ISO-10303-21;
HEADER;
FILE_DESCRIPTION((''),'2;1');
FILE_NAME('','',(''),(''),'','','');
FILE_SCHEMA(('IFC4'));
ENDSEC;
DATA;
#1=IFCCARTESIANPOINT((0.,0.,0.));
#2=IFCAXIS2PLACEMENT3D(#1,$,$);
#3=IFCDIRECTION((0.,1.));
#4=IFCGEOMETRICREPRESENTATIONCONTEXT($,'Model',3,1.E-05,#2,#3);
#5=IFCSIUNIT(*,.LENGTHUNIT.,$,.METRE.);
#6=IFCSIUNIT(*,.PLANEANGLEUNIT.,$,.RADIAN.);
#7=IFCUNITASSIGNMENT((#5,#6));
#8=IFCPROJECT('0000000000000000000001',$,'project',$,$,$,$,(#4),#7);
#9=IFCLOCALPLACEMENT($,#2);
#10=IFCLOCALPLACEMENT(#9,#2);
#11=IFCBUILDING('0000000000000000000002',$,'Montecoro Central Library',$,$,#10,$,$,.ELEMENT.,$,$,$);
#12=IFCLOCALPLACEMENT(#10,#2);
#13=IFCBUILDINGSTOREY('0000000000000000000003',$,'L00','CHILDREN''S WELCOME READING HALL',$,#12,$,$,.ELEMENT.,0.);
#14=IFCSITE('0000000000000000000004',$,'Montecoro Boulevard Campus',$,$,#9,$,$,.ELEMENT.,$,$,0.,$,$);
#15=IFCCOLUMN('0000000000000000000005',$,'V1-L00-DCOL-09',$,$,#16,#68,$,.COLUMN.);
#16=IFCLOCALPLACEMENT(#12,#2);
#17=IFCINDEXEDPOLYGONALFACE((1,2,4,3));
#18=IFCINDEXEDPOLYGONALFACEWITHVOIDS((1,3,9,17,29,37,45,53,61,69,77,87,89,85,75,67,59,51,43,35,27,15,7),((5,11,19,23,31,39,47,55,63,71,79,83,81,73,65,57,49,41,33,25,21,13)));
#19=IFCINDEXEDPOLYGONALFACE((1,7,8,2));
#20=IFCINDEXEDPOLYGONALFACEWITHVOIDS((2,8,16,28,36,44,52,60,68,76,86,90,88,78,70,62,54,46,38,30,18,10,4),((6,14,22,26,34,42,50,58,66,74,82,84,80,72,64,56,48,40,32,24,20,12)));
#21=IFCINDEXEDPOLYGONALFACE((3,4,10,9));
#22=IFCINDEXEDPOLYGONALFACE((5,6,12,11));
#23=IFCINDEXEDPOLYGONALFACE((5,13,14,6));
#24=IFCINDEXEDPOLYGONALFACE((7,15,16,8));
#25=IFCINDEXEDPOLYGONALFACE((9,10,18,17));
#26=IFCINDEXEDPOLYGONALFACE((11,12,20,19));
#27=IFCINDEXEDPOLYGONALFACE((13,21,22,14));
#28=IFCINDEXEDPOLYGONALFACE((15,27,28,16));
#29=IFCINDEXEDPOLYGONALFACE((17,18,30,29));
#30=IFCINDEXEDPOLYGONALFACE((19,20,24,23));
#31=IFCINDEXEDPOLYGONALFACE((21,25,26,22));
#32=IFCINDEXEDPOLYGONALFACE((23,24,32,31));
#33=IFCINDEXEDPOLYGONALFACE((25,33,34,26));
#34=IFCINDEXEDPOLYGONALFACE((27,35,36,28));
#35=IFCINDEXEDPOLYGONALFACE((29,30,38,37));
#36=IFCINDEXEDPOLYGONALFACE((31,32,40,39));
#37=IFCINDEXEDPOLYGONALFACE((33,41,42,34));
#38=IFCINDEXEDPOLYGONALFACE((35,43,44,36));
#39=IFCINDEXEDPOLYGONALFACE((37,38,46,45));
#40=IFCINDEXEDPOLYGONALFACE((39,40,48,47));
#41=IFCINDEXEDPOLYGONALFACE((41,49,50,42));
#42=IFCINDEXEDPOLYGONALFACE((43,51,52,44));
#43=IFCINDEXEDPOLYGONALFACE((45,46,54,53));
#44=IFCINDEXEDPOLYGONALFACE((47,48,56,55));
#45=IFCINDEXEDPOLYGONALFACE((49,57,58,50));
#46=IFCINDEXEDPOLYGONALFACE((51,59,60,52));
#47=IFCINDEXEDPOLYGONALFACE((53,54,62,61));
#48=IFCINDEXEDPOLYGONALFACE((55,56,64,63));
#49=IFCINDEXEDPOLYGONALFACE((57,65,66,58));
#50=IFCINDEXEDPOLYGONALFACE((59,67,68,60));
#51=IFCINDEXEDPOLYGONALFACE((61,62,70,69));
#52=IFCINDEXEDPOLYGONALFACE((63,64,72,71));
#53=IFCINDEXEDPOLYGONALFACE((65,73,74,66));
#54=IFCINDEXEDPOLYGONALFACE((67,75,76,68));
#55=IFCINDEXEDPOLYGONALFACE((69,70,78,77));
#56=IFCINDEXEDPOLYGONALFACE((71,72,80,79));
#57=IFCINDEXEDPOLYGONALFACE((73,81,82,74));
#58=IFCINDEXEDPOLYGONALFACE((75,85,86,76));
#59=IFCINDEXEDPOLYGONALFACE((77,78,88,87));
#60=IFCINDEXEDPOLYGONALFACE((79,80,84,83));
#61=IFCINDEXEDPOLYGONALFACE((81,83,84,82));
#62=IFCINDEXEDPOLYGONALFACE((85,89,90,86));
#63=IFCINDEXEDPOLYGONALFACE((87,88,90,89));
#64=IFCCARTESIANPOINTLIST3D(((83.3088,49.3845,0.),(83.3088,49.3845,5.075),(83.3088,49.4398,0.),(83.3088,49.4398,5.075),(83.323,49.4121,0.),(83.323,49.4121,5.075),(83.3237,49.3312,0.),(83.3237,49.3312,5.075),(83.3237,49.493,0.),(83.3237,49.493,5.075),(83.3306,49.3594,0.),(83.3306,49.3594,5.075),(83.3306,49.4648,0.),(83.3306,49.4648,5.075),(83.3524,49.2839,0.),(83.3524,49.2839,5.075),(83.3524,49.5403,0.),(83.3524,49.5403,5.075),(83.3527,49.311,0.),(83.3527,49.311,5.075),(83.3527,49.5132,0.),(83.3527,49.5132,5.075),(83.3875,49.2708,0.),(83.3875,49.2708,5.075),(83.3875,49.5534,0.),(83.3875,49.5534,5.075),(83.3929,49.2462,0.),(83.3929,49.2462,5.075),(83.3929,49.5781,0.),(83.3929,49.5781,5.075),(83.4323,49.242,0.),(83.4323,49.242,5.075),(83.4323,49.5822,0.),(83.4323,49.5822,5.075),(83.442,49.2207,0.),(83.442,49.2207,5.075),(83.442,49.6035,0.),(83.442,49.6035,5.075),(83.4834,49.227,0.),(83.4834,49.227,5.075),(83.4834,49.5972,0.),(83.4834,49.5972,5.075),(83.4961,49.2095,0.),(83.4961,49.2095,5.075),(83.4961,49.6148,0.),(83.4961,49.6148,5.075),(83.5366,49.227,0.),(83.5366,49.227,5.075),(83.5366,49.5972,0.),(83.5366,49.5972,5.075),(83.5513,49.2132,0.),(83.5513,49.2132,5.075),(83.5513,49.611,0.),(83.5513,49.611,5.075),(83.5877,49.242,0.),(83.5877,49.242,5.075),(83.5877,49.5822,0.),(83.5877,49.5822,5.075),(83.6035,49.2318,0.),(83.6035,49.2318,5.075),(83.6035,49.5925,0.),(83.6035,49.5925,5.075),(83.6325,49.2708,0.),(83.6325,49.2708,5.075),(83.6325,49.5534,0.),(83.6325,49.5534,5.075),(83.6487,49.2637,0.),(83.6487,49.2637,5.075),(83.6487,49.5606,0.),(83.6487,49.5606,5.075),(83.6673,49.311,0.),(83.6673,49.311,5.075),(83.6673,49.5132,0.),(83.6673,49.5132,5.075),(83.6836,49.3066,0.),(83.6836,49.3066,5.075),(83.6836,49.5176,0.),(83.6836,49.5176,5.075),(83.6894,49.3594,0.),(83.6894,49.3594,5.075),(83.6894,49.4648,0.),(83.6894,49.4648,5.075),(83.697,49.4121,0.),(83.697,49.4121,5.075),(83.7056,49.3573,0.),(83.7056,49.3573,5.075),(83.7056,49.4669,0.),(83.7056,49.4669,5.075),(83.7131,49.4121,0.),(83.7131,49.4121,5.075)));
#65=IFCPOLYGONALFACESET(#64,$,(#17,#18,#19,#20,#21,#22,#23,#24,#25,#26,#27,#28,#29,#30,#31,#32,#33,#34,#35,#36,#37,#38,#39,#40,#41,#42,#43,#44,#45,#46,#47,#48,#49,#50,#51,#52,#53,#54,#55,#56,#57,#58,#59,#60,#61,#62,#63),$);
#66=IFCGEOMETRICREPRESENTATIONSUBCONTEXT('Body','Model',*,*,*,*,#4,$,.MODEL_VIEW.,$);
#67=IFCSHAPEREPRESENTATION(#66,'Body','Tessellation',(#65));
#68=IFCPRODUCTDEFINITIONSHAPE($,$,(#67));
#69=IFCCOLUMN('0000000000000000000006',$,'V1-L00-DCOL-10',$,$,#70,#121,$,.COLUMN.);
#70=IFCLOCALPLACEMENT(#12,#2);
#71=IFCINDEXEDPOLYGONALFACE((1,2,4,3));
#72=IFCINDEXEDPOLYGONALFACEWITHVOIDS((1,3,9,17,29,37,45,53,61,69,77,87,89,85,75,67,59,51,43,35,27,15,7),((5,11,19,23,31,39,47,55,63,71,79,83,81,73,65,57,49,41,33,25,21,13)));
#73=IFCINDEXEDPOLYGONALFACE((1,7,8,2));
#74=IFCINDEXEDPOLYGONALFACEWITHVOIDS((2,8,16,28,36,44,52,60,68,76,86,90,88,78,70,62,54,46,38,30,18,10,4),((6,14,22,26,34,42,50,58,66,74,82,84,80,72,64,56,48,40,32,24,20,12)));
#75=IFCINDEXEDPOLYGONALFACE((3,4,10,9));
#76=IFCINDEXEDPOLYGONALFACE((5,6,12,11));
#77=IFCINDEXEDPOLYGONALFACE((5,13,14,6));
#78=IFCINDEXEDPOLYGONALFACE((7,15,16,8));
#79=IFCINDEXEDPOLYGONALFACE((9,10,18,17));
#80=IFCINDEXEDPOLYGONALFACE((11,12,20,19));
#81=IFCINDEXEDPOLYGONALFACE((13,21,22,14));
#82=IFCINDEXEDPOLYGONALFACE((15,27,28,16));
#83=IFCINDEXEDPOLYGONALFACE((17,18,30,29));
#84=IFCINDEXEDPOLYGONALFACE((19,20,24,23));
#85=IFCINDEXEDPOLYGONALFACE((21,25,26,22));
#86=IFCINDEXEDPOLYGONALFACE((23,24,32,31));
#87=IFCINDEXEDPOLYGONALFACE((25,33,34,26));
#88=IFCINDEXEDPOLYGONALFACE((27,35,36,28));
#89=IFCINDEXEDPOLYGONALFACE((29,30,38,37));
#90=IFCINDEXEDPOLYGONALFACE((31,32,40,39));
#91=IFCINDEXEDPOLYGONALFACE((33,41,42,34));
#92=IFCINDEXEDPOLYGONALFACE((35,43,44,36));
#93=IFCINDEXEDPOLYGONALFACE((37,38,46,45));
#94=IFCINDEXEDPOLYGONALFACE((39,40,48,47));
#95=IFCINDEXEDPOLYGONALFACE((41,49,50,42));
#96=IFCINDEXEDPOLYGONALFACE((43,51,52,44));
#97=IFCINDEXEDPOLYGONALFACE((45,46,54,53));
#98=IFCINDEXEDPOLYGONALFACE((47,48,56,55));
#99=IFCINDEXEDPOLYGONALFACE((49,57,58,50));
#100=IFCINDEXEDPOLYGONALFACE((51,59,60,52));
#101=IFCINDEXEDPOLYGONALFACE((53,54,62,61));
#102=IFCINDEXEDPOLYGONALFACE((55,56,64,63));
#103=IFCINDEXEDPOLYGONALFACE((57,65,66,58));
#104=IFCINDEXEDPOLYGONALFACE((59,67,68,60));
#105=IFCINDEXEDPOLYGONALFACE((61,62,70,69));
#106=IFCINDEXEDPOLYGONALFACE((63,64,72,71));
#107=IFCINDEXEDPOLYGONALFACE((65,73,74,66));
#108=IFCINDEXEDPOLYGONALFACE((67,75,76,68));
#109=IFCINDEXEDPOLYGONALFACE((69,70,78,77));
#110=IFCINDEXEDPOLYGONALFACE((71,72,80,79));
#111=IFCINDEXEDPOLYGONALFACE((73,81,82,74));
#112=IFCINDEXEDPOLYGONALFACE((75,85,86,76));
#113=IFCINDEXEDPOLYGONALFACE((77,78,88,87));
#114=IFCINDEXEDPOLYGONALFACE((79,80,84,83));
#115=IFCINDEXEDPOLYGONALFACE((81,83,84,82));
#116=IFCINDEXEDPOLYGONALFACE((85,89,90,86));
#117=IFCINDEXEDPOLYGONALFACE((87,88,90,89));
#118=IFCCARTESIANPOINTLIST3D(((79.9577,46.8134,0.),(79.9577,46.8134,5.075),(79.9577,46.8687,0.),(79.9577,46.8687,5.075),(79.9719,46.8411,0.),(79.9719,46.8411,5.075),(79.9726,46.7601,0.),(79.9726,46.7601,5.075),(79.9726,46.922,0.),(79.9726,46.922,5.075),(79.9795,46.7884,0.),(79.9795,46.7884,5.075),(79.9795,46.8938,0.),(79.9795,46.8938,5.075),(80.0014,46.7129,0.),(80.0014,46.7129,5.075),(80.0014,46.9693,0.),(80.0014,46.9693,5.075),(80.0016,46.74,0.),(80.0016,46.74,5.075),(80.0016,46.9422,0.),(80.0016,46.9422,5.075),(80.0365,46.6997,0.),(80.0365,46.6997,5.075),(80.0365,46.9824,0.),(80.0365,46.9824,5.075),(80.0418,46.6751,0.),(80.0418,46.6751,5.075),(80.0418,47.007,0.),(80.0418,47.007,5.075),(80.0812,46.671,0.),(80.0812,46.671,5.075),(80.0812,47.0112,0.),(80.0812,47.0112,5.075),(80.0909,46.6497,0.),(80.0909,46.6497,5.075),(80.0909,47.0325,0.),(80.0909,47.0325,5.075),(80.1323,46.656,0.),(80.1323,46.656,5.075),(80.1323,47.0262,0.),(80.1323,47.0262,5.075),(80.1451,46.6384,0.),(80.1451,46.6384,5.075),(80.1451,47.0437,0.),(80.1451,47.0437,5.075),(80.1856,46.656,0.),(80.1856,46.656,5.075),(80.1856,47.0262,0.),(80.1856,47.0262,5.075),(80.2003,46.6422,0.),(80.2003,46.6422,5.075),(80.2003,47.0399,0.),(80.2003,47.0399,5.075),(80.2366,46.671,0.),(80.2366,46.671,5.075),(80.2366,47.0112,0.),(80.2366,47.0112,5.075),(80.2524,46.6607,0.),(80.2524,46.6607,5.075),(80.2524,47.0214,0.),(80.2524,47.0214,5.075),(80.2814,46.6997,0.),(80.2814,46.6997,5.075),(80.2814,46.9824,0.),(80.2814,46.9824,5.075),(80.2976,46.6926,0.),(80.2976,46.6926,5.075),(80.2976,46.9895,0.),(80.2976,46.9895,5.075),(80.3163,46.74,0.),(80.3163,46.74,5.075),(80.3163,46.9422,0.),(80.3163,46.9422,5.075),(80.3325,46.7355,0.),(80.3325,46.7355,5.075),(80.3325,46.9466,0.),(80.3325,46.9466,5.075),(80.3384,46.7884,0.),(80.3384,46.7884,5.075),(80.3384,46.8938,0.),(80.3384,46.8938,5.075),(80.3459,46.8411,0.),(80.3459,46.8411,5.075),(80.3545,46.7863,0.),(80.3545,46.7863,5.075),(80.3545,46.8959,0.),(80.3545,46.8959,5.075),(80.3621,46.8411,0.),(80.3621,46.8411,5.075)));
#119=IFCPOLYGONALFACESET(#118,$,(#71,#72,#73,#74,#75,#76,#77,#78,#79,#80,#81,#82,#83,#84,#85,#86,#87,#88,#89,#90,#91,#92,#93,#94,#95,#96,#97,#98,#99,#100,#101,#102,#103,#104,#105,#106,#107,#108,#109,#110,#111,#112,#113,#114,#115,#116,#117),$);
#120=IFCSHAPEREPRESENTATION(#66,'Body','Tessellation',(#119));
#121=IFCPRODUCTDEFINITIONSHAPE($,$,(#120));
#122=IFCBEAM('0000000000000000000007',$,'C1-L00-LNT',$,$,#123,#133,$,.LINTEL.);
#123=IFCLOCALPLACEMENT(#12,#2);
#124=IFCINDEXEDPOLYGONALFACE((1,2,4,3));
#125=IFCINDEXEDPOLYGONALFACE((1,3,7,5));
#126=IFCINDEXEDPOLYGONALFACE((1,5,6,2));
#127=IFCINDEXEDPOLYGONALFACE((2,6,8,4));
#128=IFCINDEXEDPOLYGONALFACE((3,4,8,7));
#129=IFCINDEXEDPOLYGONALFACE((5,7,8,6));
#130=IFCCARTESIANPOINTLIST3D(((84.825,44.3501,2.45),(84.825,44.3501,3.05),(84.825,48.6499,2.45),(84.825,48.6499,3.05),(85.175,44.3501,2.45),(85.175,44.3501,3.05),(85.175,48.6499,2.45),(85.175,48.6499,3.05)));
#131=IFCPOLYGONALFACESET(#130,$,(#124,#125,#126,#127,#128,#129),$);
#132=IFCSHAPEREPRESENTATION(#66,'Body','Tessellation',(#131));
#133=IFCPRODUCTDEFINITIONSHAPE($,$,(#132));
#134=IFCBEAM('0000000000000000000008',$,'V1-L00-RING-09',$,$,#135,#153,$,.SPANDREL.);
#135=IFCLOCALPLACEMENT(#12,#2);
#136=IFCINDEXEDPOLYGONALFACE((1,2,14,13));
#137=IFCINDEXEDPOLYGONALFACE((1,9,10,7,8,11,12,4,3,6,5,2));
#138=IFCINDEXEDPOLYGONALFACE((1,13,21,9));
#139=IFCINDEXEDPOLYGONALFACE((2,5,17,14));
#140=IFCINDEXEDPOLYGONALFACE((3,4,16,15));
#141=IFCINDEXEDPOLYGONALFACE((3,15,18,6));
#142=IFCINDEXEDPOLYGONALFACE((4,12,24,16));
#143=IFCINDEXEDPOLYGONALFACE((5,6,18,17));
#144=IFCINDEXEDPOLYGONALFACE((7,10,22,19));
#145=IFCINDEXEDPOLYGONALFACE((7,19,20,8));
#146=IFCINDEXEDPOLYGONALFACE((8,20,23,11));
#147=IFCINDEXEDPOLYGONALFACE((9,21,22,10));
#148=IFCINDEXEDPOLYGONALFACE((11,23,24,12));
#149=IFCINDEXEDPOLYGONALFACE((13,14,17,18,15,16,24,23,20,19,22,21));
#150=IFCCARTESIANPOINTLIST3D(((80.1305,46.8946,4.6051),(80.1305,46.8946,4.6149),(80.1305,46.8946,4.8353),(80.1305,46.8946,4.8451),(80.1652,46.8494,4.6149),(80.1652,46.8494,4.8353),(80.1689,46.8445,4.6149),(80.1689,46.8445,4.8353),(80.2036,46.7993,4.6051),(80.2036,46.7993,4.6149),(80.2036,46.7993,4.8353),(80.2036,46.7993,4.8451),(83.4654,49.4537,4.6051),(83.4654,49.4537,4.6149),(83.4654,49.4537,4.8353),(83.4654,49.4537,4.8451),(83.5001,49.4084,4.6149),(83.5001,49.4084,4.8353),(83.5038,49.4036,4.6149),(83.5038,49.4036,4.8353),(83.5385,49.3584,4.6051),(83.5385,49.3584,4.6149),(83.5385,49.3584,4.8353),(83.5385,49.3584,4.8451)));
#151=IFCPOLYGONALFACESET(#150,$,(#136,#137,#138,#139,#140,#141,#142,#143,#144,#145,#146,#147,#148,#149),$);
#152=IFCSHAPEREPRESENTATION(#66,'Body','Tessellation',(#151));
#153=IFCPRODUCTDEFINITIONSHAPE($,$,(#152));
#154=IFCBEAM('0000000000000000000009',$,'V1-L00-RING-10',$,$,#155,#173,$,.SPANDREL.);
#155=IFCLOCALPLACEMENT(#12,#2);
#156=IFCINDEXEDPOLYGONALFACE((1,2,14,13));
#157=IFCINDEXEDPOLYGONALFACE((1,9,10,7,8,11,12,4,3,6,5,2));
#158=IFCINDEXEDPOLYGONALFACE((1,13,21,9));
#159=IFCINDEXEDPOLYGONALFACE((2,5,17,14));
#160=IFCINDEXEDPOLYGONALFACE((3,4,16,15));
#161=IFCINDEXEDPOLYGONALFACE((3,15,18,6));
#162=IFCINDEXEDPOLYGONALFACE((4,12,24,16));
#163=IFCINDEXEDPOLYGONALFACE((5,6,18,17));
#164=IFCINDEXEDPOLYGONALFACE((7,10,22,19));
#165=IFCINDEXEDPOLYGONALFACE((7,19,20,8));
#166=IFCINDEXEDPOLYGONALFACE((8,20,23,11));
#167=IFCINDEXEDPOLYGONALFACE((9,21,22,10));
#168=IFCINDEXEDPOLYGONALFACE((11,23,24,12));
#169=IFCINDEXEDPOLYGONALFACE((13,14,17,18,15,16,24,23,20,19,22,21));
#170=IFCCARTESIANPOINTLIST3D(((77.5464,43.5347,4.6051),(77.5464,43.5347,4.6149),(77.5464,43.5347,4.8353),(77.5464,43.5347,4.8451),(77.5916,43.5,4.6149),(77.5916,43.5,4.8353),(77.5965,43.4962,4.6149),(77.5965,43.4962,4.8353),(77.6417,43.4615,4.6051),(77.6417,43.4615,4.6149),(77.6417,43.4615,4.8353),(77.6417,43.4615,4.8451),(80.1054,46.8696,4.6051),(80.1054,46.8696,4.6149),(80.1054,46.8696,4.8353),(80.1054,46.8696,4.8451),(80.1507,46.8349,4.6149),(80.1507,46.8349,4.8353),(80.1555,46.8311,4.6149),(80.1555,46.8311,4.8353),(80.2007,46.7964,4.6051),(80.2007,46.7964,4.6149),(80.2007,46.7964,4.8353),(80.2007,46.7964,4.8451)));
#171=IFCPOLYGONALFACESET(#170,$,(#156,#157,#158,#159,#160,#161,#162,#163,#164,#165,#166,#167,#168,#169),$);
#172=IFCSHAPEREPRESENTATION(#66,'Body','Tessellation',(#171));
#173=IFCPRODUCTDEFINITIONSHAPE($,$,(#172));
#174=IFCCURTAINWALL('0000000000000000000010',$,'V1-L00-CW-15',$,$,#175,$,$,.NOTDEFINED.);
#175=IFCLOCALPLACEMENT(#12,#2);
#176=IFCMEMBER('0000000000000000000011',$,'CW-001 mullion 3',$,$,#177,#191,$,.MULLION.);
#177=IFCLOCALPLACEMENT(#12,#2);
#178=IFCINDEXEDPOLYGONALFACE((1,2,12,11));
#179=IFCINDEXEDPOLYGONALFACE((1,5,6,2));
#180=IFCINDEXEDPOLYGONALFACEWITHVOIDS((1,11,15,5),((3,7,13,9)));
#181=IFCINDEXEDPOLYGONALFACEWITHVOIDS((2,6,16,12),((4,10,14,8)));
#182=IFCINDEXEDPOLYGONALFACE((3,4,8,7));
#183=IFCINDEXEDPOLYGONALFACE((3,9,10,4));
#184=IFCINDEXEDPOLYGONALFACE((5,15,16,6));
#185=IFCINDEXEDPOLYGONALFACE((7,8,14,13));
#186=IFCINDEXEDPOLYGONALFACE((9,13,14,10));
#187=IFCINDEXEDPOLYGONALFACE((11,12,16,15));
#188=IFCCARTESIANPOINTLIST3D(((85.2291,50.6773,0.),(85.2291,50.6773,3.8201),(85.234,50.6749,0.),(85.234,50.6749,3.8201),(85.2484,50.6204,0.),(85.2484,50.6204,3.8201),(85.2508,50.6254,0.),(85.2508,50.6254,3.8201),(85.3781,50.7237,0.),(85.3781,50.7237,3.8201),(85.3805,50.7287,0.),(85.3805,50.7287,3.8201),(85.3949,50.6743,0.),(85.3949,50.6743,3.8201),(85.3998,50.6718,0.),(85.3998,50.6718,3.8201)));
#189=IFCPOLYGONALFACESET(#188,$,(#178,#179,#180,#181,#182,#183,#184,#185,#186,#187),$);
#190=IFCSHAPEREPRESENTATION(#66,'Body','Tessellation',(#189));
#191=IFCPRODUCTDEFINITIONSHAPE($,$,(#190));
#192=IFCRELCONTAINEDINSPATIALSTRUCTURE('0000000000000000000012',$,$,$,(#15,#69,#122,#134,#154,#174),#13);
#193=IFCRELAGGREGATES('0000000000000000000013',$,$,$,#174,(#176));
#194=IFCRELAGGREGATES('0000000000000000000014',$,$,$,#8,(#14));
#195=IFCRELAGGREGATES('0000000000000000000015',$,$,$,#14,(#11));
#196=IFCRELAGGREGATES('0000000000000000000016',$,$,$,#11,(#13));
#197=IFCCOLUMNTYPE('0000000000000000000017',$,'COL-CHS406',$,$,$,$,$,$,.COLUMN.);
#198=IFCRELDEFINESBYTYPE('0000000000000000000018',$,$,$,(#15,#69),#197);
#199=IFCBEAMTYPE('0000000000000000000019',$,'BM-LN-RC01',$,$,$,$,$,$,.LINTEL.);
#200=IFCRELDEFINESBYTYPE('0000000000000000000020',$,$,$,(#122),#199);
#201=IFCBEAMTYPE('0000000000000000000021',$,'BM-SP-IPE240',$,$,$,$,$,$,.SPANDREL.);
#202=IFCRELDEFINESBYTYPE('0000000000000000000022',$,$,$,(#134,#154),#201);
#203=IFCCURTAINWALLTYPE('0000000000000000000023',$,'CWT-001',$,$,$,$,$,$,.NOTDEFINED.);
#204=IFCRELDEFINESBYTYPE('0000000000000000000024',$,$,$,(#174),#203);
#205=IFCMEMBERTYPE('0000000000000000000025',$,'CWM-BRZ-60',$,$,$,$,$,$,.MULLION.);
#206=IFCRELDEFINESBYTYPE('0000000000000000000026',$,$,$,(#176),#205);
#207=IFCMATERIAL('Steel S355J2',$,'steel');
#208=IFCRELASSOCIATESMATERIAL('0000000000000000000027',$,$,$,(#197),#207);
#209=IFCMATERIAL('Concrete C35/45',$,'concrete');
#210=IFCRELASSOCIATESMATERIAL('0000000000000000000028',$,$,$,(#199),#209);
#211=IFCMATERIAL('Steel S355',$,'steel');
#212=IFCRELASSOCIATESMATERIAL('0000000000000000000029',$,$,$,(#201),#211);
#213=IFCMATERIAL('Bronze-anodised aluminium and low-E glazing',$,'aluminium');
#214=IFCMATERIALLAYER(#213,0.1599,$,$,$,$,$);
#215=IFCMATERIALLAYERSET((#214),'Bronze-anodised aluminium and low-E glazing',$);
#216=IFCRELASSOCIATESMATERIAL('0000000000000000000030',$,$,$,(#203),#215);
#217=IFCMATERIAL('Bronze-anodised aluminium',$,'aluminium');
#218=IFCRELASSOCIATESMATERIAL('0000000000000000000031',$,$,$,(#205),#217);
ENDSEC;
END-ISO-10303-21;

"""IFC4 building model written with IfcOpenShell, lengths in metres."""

from ifc_helpers import new_model, si_unit, direction, frame, origin, origin_2d, place, context, subcontext, project, spatial, rectangle, hollow_rectangle, hollow_circle, i_section, extrude, material, layer, layer_set, material_profile, profile_set, type_object, element, aggregate, save


model = new_model("IFC4")

# Units and contexts
model_context = context("Model", 3, precision=1e-05, world=origin(), true_north=direction((0.0, 1.0)))
body_context = subcontext(model_context, "Body", "Model", "MODEL_VIEW")
ifc_project = project(units=[si_unit("LENGTHUNIT", "METRE"), si_unit("PLANEANGLEUNIT", "RADIAN")], contexts=[model_context])

# Site, building, storey
site_placement = place(None, origin())
site = spatial("IfcSite", under=ifc_project, at=site_placement, Name="Montecoro Boulevard Campus", CompositionType="ELEMENT", RefElevation=0.0)
building_placement = place(site_placement, origin())
building = spatial("IfcBuilding", under=site, at=building_placement, Name="Montecoro Central Library", CompositionType="ELEMENT")
storey_placement = place(building_placement, origin())
storey = spatial("IfcBuildingStorey", under=building, at=storey_placement, Name="L00", Description="CHILDREN'S WELCOME READING HALL", CompositionType="ELEMENT", Elevation=0.0)

# Columns
ifc_material_1 = material(Name="Steel S355J2", Category="steel")
ifc_material_profile_1 = material_profile(ifc_material_1, hollow_circle(Radius=0.2031, WallThickness=0.0161, at=origin_2d()), Name="CHS 406.4x16.0")
ifc_profile_set_1 = profile_set([ifc_material_profile_1], Name="Steel S355J2")
column_type = type_object("IfcColumnType", Name="COL-CHS406", PredefinedType="COLUMN", material=ifc_profile_set_1)
for number, where, z_axis, x_axis, name in (
    (1, (83.51, 49.4121, 0.0), (0.0, 0.0, 1.0), (1.0, 0.0, 0.0), "V1-L00-DCOL-09"),
    (2, (80.1589, 46.8411, 0.0), (0.0, 0.0, 1.0), (1.0, 0.0, 0.0), "V1-L00-DCOL-10"),
):
    element("IfcColumn", number, at=place(storey_placement, frame(where, z_axis=z_axis, x_axis=x_axis)), inside=storey, type_object=column_type, Name=name, PredefinedType="COLUMN", context=body_context, shape_type="SweptSolid", body=[
        extrude(hollow_circle(Radius=0.2031, WallThickness=0.0161, at=origin_2d()), origin(), (0.0, 0.0, 1.0), 5.075),
    ])

# Beams
ifc_material_2 = material(Name="Concrete C35/45", Category="concrete")
ifc_material_profile_2 = material_profile(ifc_material_2, rectangle(XDim=0.3501, YDim=0.6001, at=origin_2d()), Name="RC LNT 600x350")
ifc_profile_set_2 = profile_set([ifc_material_profile_2], Name="Concrete C35/45")
beam_type_1 = type_object("IfcBeamType", Name="BM-LN-RC01", PredefinedType="LINTEL", material=ifc_profile_set_2)
beam_placement = place(storey_placement, frame((85.0, 44.3501, 2.75), z_axis=(0.0, 1.0, 0.0), x_axis=(-1.0, 0.0, 0.0)))
element("IfcBeam", 3, at=beam_placement, inside=storey, type_object=beam_type_1, Name="C1-L00-LNT", PredefinedType="LINTEL", context=body_context, shape_type="SweptSolid", body=[
    extrude(rectangle(XDim=0.3501, YDim=0.6001, at=origin_2d()), origin(), (0.0, 0.0, 1.0), 4.2998),
])
ifc_material_3 = material(Name="Steel S355", Category="steel")
ifc_material_profile_3 = material_profile(ifc_material_3, i_section(OverallWidth=0.1201, OverallDepth=0.24, WebThickness=0.0061, FlangeThickness=0.0098, at=origin_2d()), Name="IPE 240")
ifc_profile_set_3 = profile_set([ifc_material_profile_3], Name="Steel S355")
beam_type_2 = type_object("IfcBeamType", Name="BM-SP-IPE240", PredefinedType="SPANDREL", material=ifc_profile_set_3)
for number, where, z_axis, x_axis, name in (
    (4, (83.502, 49.406, 4.7251), (-0.793345, -0.608773, 0.0), (0.608773, -0.793345, 0.0), "V1-L00-RING-09"),
    (5, (80.1531, 46.833, 4.7251), (-0.608773, -0.793345, 0.0), (0.793345, -0.608773, 0.0), "V1-L00-RING-10"),
):
    element("IfcBeam", number, at=place(storey_placement, frame(where, z_axis=z_axis, x_axis=x_axis)), inside=storey, type_object=beam_type_2, Name=name, PredefinedType="SPANDREL", context=body_context, shape_type="SweptSolid", body=[
        extrude(i_section(OverallWidth=0.1201, OverallDepth=0.24, WebThickness=0.0061, FlangeThickness=0.0098, at=origin_2d()), origin(), (0.0, 0.0, 1.0), 4.2036),
    ])

# Curtain wall, member
ifc_material_4 = material(Name="Bronze-anodised aluminium and low-E glazing", Category="aluminium")
ifc_layer_1 = layer(ifc_material_4, 0.1599)
ifc_layer_set_1 = layer_set([ifc_layer_1], Name="Bronze-anodised aluminium and low-E glazing")
curtain_wall_type = type_object("IfcCurtainWallType", Name="CWT-001", PredefinedType="NOTDEFINED", material=ifc_layer_set_1)
curtain_wall_placement = place(storey_placement, origin())
curtain_wall = element("IfcCurtainWall", 6, at=curtain_wall_placement, inside=storey, type_object=curtain_wall_type, Name="V1-L00-CW-15", PredefinedType="NOTDEFINED")
ifc_material_5 = material(Name="Bronze-anodised aluminium", Category="aluminium")
ifc_material_profile_4 = material_profile(ifc_material_5, hollow_rectangle(XDim=0.0601, YDim=0.1599, WallThickness=0.0039, at=origin_2d()), Name="CWM 160x60x4.0")
ifc_profile_set_4 = profile_set([ifc_material_profile_4], Name="Bronze-anodised aluminium")
member_type = type_object("IfcMemberType", Name="CWM-BRZ-60", PredefinedType="MULLION", material=ifc_profile_set_4)
member_placement = place(storey_placement, frame((85.3145, 50.6746, 0.0), z_axis=(0.0, 0.0, 1.0), x_axis=(0.321401, -0.946943, 0.0)))
member = element("IfcMember", 7, at=member_placement, type_object=member_type, Name="CW-001 mullion 3", PredefinedType="MULLION", context=body_context, shape_type="SweptSolid", body=[
    extrude(hollow_rectangle(XDim=0.0601, YDim=0.1599, WallThickness=0.0039, at=origin_2d()), origin(), (0.0, 0.0, 1.0), 3.8201),
])
aggregate(curtain_wall, [member])

save(model, "model.ifc")
